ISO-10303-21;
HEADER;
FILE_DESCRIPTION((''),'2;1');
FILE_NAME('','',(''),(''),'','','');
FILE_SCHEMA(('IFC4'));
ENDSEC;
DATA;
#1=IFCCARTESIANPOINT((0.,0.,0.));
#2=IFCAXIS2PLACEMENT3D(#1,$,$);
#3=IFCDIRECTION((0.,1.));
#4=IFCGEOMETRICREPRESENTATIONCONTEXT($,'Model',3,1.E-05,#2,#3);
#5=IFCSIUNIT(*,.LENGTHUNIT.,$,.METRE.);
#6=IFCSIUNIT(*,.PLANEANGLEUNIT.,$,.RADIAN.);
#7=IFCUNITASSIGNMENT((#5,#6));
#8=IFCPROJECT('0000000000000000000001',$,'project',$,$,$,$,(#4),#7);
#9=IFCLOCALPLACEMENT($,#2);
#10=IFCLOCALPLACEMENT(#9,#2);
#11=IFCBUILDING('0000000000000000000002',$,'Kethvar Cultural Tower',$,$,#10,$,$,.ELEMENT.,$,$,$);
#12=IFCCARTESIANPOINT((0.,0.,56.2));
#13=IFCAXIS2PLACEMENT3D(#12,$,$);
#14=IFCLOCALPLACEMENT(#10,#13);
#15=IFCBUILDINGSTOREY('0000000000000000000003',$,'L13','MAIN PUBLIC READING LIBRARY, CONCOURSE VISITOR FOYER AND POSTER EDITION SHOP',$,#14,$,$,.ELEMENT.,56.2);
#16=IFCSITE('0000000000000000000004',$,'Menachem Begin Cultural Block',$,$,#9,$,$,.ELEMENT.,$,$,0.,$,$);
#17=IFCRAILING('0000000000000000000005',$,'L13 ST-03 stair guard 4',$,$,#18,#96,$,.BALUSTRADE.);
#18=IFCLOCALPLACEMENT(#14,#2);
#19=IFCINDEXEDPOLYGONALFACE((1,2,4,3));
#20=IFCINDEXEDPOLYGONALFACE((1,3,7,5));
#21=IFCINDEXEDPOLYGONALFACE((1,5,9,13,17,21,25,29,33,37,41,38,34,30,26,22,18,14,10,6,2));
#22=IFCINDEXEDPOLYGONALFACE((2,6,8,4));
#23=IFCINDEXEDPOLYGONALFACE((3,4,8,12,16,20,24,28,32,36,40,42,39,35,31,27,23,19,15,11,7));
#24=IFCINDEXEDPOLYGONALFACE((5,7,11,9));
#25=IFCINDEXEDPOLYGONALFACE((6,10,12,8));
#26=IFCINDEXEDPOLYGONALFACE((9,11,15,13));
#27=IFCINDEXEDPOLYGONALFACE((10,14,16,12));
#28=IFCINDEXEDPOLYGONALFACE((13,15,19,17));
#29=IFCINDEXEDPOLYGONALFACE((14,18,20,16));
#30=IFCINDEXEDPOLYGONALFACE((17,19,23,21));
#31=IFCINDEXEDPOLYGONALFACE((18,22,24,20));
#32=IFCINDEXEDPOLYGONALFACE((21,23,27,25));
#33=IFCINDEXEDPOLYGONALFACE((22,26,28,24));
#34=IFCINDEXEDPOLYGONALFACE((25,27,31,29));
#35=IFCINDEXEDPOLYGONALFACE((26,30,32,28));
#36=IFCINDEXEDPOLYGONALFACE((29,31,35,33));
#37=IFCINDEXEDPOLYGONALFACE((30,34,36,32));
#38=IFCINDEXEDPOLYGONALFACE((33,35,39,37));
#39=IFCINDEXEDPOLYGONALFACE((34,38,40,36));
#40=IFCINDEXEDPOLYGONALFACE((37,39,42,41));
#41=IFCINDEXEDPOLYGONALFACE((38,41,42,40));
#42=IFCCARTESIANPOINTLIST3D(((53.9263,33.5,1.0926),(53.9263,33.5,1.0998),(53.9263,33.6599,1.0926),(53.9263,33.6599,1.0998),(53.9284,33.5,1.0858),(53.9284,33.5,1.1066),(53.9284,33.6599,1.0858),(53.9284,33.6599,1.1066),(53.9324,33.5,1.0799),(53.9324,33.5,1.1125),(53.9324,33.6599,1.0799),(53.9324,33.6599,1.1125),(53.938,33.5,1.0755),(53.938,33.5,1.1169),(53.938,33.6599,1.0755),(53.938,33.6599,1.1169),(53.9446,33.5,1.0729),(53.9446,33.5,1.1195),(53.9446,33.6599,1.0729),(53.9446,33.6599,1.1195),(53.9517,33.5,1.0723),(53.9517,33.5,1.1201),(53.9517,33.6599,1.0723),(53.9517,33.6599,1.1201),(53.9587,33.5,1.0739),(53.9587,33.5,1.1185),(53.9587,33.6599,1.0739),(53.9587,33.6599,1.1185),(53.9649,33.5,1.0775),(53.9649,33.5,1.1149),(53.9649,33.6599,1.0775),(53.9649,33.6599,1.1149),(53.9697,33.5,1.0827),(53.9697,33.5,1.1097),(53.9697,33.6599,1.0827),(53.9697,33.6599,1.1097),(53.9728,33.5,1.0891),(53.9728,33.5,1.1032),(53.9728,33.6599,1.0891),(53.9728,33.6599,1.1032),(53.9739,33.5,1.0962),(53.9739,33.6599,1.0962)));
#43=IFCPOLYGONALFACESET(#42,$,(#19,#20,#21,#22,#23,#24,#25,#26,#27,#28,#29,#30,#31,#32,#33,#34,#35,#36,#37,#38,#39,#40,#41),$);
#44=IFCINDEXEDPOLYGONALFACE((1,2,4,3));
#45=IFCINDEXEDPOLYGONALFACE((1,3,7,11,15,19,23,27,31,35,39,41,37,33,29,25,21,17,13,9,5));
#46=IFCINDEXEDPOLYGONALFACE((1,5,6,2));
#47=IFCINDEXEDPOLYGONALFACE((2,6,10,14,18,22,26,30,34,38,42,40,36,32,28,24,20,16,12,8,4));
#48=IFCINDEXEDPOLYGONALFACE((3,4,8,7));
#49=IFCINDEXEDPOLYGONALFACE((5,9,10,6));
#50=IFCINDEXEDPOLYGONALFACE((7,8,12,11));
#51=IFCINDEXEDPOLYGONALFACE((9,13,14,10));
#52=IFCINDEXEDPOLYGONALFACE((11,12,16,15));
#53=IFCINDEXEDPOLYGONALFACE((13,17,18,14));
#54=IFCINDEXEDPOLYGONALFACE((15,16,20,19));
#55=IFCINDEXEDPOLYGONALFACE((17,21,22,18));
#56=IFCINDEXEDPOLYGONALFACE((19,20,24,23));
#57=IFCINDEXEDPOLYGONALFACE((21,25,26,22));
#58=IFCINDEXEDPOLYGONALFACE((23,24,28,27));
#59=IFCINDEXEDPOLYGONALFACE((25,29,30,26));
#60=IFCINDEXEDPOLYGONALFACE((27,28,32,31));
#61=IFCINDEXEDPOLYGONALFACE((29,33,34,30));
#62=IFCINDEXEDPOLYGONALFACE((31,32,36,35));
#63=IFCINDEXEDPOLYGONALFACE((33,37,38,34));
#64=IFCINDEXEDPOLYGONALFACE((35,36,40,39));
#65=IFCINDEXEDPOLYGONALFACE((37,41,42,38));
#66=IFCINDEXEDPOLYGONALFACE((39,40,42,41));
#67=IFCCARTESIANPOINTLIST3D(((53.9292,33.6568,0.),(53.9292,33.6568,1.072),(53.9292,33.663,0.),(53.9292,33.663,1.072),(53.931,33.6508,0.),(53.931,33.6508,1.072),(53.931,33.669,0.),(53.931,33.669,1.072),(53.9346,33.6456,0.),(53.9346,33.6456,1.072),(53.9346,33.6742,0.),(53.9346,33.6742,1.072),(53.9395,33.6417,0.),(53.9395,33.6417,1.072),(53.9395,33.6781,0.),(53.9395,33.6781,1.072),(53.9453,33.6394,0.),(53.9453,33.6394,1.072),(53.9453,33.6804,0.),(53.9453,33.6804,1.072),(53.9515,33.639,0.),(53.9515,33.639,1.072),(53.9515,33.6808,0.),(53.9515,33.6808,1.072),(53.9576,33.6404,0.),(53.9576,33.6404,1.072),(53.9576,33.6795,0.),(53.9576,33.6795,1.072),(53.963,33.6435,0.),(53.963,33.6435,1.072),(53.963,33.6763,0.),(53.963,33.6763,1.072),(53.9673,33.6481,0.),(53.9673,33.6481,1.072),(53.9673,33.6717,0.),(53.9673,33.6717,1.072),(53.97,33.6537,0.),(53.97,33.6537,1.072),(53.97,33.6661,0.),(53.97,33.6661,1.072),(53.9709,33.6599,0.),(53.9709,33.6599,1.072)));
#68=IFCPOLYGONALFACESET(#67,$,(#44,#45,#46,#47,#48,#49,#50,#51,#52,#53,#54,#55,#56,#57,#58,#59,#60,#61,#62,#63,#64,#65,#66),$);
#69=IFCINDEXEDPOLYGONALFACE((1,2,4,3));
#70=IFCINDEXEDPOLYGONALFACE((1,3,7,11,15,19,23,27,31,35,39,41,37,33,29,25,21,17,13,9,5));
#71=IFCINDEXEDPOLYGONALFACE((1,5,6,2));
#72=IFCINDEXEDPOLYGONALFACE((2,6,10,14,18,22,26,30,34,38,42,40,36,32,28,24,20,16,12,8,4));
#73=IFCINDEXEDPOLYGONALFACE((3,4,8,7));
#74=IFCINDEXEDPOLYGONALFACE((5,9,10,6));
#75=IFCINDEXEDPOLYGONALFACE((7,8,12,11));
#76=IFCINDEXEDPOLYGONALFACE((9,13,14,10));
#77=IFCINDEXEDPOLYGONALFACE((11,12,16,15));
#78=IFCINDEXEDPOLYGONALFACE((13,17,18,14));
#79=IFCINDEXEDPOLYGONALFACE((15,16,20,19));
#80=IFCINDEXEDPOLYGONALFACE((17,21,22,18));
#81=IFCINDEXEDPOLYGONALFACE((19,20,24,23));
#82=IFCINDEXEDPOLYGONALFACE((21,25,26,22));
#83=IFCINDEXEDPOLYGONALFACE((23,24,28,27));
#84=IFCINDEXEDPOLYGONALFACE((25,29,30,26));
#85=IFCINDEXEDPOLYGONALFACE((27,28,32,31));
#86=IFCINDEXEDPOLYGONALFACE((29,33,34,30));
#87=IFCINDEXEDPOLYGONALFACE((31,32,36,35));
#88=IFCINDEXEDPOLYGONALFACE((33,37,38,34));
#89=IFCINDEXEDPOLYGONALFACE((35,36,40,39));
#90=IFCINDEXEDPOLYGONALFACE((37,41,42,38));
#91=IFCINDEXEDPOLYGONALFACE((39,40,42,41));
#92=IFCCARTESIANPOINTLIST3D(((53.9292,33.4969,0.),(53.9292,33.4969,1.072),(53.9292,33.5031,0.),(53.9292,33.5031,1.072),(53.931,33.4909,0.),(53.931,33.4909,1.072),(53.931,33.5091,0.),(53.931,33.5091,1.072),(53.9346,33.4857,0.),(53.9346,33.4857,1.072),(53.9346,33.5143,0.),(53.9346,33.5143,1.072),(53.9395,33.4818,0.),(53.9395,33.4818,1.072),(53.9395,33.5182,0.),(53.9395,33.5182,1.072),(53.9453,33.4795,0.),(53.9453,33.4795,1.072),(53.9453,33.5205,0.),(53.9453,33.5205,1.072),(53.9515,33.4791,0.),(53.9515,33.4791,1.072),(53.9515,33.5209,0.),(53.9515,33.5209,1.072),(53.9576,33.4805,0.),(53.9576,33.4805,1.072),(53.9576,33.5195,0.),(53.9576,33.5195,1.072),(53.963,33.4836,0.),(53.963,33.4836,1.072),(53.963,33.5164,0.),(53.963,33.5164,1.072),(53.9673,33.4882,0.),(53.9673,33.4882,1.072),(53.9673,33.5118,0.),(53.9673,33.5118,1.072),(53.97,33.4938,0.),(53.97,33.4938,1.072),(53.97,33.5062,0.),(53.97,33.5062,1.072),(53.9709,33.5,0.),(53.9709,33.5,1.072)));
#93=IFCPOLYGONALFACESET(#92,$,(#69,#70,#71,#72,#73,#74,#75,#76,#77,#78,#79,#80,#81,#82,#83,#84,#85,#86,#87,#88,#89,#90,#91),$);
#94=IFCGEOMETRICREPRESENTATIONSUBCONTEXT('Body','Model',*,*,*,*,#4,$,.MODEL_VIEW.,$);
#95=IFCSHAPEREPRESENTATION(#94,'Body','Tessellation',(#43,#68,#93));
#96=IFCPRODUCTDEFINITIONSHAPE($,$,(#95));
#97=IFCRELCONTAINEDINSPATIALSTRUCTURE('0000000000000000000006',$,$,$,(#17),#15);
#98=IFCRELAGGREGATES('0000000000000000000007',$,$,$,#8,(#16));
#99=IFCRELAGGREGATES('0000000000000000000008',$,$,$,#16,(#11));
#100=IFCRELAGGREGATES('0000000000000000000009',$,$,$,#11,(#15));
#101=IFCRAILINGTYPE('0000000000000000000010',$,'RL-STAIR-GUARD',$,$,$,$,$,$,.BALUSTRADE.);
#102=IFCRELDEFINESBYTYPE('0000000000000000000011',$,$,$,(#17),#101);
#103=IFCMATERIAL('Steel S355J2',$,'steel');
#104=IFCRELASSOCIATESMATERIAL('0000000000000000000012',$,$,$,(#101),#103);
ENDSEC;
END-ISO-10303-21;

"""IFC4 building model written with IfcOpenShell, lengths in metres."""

from ifc_helpers import new_model, si_unit, direction, frame, origin, origin_2d, place, context, subcontext, project, spatial, circle, extrude, material, type_object, element, save


model = new_model("IFC4")

# Units and contexts
model_context = context("Model", 3, precision=1e-05, world=origin(), true_north=direction((0.0, 1.0)))
body_context = subcontext(model_context, "Body", "Model", "MODEL_VIEW")
ifc_project = project(units=[si_unit("LENGTHUNIT", "METRE"), si_unit("PLANEANGLEUNIT", "RADIAN")], contexts=[model_context])

# Site, building, storey
site_placement = place(None, origin())
site = spatial("IfcSite", under=ifc_project, at=site_placement, Name="Menachem Begin Cultural Block", CompositionType="ELEMENT", RefElevation=0.0)
building_placement = place(site_placement, origin())
building = spatial("IfcBuilding", under=site, at=building_placement, Name="Kethvar Cultural Tower", CompositionType="ELEMENT")
storey_placement = place(building_placement, frame((0.0, 0.0, 56.2)))
storey = spatial("IfcBuildingStorey", under=building, at=storey_placement, Name="L13", Description="MAIN PUBLIC READING LIBRARY, CONCOURSE VISITOR FOYER AND POSTER EDITION SHOP", CompositionType="ELEMENT", Elevation=56.2)

# Shared definitions
ifc_material_1 = material(Name="Steel S355J2", Category="steel")

# Railing
railing_type_1 = type_object("IfcRailingType", Name="RL-STAIR-GUARD", PredefinedType="BALUSTRADE", material=ifc_material_1)
railing_1_placement = place(storey_placement, frame((53.95, 33.6599, 0.0)))
element("IfcRailing", 1, at=railing_1_placement, inside=storey, type_object=railing_type_1, Name="L13 ST-03 stair guard 4", PredefinedType="BALUSTRADE", context=body_context, shape_type="SweptSolid", body=[
    extrude(circle(Radius=0.0239, at=origin_2d()), frame((0.0, 0.0, 1.0962), z_axis=(0.0, -1.0, 0.0), x_axis=(1.0, 0.0, 0.0)), (0.0, 0.0, 1.0), 0.1599),
    extrude(circle(Radius=0.021, at=origin_2d()), origin(), (0.0, 0.0, 1.0), 1.072),
    extrude(circle(Radius=0.021, at=origin_2d()), frame((0.0, -0.1599, 0.0)), (0.0, 0.0, 1.0), 1.072),
])

save(model, "model.ifc")
